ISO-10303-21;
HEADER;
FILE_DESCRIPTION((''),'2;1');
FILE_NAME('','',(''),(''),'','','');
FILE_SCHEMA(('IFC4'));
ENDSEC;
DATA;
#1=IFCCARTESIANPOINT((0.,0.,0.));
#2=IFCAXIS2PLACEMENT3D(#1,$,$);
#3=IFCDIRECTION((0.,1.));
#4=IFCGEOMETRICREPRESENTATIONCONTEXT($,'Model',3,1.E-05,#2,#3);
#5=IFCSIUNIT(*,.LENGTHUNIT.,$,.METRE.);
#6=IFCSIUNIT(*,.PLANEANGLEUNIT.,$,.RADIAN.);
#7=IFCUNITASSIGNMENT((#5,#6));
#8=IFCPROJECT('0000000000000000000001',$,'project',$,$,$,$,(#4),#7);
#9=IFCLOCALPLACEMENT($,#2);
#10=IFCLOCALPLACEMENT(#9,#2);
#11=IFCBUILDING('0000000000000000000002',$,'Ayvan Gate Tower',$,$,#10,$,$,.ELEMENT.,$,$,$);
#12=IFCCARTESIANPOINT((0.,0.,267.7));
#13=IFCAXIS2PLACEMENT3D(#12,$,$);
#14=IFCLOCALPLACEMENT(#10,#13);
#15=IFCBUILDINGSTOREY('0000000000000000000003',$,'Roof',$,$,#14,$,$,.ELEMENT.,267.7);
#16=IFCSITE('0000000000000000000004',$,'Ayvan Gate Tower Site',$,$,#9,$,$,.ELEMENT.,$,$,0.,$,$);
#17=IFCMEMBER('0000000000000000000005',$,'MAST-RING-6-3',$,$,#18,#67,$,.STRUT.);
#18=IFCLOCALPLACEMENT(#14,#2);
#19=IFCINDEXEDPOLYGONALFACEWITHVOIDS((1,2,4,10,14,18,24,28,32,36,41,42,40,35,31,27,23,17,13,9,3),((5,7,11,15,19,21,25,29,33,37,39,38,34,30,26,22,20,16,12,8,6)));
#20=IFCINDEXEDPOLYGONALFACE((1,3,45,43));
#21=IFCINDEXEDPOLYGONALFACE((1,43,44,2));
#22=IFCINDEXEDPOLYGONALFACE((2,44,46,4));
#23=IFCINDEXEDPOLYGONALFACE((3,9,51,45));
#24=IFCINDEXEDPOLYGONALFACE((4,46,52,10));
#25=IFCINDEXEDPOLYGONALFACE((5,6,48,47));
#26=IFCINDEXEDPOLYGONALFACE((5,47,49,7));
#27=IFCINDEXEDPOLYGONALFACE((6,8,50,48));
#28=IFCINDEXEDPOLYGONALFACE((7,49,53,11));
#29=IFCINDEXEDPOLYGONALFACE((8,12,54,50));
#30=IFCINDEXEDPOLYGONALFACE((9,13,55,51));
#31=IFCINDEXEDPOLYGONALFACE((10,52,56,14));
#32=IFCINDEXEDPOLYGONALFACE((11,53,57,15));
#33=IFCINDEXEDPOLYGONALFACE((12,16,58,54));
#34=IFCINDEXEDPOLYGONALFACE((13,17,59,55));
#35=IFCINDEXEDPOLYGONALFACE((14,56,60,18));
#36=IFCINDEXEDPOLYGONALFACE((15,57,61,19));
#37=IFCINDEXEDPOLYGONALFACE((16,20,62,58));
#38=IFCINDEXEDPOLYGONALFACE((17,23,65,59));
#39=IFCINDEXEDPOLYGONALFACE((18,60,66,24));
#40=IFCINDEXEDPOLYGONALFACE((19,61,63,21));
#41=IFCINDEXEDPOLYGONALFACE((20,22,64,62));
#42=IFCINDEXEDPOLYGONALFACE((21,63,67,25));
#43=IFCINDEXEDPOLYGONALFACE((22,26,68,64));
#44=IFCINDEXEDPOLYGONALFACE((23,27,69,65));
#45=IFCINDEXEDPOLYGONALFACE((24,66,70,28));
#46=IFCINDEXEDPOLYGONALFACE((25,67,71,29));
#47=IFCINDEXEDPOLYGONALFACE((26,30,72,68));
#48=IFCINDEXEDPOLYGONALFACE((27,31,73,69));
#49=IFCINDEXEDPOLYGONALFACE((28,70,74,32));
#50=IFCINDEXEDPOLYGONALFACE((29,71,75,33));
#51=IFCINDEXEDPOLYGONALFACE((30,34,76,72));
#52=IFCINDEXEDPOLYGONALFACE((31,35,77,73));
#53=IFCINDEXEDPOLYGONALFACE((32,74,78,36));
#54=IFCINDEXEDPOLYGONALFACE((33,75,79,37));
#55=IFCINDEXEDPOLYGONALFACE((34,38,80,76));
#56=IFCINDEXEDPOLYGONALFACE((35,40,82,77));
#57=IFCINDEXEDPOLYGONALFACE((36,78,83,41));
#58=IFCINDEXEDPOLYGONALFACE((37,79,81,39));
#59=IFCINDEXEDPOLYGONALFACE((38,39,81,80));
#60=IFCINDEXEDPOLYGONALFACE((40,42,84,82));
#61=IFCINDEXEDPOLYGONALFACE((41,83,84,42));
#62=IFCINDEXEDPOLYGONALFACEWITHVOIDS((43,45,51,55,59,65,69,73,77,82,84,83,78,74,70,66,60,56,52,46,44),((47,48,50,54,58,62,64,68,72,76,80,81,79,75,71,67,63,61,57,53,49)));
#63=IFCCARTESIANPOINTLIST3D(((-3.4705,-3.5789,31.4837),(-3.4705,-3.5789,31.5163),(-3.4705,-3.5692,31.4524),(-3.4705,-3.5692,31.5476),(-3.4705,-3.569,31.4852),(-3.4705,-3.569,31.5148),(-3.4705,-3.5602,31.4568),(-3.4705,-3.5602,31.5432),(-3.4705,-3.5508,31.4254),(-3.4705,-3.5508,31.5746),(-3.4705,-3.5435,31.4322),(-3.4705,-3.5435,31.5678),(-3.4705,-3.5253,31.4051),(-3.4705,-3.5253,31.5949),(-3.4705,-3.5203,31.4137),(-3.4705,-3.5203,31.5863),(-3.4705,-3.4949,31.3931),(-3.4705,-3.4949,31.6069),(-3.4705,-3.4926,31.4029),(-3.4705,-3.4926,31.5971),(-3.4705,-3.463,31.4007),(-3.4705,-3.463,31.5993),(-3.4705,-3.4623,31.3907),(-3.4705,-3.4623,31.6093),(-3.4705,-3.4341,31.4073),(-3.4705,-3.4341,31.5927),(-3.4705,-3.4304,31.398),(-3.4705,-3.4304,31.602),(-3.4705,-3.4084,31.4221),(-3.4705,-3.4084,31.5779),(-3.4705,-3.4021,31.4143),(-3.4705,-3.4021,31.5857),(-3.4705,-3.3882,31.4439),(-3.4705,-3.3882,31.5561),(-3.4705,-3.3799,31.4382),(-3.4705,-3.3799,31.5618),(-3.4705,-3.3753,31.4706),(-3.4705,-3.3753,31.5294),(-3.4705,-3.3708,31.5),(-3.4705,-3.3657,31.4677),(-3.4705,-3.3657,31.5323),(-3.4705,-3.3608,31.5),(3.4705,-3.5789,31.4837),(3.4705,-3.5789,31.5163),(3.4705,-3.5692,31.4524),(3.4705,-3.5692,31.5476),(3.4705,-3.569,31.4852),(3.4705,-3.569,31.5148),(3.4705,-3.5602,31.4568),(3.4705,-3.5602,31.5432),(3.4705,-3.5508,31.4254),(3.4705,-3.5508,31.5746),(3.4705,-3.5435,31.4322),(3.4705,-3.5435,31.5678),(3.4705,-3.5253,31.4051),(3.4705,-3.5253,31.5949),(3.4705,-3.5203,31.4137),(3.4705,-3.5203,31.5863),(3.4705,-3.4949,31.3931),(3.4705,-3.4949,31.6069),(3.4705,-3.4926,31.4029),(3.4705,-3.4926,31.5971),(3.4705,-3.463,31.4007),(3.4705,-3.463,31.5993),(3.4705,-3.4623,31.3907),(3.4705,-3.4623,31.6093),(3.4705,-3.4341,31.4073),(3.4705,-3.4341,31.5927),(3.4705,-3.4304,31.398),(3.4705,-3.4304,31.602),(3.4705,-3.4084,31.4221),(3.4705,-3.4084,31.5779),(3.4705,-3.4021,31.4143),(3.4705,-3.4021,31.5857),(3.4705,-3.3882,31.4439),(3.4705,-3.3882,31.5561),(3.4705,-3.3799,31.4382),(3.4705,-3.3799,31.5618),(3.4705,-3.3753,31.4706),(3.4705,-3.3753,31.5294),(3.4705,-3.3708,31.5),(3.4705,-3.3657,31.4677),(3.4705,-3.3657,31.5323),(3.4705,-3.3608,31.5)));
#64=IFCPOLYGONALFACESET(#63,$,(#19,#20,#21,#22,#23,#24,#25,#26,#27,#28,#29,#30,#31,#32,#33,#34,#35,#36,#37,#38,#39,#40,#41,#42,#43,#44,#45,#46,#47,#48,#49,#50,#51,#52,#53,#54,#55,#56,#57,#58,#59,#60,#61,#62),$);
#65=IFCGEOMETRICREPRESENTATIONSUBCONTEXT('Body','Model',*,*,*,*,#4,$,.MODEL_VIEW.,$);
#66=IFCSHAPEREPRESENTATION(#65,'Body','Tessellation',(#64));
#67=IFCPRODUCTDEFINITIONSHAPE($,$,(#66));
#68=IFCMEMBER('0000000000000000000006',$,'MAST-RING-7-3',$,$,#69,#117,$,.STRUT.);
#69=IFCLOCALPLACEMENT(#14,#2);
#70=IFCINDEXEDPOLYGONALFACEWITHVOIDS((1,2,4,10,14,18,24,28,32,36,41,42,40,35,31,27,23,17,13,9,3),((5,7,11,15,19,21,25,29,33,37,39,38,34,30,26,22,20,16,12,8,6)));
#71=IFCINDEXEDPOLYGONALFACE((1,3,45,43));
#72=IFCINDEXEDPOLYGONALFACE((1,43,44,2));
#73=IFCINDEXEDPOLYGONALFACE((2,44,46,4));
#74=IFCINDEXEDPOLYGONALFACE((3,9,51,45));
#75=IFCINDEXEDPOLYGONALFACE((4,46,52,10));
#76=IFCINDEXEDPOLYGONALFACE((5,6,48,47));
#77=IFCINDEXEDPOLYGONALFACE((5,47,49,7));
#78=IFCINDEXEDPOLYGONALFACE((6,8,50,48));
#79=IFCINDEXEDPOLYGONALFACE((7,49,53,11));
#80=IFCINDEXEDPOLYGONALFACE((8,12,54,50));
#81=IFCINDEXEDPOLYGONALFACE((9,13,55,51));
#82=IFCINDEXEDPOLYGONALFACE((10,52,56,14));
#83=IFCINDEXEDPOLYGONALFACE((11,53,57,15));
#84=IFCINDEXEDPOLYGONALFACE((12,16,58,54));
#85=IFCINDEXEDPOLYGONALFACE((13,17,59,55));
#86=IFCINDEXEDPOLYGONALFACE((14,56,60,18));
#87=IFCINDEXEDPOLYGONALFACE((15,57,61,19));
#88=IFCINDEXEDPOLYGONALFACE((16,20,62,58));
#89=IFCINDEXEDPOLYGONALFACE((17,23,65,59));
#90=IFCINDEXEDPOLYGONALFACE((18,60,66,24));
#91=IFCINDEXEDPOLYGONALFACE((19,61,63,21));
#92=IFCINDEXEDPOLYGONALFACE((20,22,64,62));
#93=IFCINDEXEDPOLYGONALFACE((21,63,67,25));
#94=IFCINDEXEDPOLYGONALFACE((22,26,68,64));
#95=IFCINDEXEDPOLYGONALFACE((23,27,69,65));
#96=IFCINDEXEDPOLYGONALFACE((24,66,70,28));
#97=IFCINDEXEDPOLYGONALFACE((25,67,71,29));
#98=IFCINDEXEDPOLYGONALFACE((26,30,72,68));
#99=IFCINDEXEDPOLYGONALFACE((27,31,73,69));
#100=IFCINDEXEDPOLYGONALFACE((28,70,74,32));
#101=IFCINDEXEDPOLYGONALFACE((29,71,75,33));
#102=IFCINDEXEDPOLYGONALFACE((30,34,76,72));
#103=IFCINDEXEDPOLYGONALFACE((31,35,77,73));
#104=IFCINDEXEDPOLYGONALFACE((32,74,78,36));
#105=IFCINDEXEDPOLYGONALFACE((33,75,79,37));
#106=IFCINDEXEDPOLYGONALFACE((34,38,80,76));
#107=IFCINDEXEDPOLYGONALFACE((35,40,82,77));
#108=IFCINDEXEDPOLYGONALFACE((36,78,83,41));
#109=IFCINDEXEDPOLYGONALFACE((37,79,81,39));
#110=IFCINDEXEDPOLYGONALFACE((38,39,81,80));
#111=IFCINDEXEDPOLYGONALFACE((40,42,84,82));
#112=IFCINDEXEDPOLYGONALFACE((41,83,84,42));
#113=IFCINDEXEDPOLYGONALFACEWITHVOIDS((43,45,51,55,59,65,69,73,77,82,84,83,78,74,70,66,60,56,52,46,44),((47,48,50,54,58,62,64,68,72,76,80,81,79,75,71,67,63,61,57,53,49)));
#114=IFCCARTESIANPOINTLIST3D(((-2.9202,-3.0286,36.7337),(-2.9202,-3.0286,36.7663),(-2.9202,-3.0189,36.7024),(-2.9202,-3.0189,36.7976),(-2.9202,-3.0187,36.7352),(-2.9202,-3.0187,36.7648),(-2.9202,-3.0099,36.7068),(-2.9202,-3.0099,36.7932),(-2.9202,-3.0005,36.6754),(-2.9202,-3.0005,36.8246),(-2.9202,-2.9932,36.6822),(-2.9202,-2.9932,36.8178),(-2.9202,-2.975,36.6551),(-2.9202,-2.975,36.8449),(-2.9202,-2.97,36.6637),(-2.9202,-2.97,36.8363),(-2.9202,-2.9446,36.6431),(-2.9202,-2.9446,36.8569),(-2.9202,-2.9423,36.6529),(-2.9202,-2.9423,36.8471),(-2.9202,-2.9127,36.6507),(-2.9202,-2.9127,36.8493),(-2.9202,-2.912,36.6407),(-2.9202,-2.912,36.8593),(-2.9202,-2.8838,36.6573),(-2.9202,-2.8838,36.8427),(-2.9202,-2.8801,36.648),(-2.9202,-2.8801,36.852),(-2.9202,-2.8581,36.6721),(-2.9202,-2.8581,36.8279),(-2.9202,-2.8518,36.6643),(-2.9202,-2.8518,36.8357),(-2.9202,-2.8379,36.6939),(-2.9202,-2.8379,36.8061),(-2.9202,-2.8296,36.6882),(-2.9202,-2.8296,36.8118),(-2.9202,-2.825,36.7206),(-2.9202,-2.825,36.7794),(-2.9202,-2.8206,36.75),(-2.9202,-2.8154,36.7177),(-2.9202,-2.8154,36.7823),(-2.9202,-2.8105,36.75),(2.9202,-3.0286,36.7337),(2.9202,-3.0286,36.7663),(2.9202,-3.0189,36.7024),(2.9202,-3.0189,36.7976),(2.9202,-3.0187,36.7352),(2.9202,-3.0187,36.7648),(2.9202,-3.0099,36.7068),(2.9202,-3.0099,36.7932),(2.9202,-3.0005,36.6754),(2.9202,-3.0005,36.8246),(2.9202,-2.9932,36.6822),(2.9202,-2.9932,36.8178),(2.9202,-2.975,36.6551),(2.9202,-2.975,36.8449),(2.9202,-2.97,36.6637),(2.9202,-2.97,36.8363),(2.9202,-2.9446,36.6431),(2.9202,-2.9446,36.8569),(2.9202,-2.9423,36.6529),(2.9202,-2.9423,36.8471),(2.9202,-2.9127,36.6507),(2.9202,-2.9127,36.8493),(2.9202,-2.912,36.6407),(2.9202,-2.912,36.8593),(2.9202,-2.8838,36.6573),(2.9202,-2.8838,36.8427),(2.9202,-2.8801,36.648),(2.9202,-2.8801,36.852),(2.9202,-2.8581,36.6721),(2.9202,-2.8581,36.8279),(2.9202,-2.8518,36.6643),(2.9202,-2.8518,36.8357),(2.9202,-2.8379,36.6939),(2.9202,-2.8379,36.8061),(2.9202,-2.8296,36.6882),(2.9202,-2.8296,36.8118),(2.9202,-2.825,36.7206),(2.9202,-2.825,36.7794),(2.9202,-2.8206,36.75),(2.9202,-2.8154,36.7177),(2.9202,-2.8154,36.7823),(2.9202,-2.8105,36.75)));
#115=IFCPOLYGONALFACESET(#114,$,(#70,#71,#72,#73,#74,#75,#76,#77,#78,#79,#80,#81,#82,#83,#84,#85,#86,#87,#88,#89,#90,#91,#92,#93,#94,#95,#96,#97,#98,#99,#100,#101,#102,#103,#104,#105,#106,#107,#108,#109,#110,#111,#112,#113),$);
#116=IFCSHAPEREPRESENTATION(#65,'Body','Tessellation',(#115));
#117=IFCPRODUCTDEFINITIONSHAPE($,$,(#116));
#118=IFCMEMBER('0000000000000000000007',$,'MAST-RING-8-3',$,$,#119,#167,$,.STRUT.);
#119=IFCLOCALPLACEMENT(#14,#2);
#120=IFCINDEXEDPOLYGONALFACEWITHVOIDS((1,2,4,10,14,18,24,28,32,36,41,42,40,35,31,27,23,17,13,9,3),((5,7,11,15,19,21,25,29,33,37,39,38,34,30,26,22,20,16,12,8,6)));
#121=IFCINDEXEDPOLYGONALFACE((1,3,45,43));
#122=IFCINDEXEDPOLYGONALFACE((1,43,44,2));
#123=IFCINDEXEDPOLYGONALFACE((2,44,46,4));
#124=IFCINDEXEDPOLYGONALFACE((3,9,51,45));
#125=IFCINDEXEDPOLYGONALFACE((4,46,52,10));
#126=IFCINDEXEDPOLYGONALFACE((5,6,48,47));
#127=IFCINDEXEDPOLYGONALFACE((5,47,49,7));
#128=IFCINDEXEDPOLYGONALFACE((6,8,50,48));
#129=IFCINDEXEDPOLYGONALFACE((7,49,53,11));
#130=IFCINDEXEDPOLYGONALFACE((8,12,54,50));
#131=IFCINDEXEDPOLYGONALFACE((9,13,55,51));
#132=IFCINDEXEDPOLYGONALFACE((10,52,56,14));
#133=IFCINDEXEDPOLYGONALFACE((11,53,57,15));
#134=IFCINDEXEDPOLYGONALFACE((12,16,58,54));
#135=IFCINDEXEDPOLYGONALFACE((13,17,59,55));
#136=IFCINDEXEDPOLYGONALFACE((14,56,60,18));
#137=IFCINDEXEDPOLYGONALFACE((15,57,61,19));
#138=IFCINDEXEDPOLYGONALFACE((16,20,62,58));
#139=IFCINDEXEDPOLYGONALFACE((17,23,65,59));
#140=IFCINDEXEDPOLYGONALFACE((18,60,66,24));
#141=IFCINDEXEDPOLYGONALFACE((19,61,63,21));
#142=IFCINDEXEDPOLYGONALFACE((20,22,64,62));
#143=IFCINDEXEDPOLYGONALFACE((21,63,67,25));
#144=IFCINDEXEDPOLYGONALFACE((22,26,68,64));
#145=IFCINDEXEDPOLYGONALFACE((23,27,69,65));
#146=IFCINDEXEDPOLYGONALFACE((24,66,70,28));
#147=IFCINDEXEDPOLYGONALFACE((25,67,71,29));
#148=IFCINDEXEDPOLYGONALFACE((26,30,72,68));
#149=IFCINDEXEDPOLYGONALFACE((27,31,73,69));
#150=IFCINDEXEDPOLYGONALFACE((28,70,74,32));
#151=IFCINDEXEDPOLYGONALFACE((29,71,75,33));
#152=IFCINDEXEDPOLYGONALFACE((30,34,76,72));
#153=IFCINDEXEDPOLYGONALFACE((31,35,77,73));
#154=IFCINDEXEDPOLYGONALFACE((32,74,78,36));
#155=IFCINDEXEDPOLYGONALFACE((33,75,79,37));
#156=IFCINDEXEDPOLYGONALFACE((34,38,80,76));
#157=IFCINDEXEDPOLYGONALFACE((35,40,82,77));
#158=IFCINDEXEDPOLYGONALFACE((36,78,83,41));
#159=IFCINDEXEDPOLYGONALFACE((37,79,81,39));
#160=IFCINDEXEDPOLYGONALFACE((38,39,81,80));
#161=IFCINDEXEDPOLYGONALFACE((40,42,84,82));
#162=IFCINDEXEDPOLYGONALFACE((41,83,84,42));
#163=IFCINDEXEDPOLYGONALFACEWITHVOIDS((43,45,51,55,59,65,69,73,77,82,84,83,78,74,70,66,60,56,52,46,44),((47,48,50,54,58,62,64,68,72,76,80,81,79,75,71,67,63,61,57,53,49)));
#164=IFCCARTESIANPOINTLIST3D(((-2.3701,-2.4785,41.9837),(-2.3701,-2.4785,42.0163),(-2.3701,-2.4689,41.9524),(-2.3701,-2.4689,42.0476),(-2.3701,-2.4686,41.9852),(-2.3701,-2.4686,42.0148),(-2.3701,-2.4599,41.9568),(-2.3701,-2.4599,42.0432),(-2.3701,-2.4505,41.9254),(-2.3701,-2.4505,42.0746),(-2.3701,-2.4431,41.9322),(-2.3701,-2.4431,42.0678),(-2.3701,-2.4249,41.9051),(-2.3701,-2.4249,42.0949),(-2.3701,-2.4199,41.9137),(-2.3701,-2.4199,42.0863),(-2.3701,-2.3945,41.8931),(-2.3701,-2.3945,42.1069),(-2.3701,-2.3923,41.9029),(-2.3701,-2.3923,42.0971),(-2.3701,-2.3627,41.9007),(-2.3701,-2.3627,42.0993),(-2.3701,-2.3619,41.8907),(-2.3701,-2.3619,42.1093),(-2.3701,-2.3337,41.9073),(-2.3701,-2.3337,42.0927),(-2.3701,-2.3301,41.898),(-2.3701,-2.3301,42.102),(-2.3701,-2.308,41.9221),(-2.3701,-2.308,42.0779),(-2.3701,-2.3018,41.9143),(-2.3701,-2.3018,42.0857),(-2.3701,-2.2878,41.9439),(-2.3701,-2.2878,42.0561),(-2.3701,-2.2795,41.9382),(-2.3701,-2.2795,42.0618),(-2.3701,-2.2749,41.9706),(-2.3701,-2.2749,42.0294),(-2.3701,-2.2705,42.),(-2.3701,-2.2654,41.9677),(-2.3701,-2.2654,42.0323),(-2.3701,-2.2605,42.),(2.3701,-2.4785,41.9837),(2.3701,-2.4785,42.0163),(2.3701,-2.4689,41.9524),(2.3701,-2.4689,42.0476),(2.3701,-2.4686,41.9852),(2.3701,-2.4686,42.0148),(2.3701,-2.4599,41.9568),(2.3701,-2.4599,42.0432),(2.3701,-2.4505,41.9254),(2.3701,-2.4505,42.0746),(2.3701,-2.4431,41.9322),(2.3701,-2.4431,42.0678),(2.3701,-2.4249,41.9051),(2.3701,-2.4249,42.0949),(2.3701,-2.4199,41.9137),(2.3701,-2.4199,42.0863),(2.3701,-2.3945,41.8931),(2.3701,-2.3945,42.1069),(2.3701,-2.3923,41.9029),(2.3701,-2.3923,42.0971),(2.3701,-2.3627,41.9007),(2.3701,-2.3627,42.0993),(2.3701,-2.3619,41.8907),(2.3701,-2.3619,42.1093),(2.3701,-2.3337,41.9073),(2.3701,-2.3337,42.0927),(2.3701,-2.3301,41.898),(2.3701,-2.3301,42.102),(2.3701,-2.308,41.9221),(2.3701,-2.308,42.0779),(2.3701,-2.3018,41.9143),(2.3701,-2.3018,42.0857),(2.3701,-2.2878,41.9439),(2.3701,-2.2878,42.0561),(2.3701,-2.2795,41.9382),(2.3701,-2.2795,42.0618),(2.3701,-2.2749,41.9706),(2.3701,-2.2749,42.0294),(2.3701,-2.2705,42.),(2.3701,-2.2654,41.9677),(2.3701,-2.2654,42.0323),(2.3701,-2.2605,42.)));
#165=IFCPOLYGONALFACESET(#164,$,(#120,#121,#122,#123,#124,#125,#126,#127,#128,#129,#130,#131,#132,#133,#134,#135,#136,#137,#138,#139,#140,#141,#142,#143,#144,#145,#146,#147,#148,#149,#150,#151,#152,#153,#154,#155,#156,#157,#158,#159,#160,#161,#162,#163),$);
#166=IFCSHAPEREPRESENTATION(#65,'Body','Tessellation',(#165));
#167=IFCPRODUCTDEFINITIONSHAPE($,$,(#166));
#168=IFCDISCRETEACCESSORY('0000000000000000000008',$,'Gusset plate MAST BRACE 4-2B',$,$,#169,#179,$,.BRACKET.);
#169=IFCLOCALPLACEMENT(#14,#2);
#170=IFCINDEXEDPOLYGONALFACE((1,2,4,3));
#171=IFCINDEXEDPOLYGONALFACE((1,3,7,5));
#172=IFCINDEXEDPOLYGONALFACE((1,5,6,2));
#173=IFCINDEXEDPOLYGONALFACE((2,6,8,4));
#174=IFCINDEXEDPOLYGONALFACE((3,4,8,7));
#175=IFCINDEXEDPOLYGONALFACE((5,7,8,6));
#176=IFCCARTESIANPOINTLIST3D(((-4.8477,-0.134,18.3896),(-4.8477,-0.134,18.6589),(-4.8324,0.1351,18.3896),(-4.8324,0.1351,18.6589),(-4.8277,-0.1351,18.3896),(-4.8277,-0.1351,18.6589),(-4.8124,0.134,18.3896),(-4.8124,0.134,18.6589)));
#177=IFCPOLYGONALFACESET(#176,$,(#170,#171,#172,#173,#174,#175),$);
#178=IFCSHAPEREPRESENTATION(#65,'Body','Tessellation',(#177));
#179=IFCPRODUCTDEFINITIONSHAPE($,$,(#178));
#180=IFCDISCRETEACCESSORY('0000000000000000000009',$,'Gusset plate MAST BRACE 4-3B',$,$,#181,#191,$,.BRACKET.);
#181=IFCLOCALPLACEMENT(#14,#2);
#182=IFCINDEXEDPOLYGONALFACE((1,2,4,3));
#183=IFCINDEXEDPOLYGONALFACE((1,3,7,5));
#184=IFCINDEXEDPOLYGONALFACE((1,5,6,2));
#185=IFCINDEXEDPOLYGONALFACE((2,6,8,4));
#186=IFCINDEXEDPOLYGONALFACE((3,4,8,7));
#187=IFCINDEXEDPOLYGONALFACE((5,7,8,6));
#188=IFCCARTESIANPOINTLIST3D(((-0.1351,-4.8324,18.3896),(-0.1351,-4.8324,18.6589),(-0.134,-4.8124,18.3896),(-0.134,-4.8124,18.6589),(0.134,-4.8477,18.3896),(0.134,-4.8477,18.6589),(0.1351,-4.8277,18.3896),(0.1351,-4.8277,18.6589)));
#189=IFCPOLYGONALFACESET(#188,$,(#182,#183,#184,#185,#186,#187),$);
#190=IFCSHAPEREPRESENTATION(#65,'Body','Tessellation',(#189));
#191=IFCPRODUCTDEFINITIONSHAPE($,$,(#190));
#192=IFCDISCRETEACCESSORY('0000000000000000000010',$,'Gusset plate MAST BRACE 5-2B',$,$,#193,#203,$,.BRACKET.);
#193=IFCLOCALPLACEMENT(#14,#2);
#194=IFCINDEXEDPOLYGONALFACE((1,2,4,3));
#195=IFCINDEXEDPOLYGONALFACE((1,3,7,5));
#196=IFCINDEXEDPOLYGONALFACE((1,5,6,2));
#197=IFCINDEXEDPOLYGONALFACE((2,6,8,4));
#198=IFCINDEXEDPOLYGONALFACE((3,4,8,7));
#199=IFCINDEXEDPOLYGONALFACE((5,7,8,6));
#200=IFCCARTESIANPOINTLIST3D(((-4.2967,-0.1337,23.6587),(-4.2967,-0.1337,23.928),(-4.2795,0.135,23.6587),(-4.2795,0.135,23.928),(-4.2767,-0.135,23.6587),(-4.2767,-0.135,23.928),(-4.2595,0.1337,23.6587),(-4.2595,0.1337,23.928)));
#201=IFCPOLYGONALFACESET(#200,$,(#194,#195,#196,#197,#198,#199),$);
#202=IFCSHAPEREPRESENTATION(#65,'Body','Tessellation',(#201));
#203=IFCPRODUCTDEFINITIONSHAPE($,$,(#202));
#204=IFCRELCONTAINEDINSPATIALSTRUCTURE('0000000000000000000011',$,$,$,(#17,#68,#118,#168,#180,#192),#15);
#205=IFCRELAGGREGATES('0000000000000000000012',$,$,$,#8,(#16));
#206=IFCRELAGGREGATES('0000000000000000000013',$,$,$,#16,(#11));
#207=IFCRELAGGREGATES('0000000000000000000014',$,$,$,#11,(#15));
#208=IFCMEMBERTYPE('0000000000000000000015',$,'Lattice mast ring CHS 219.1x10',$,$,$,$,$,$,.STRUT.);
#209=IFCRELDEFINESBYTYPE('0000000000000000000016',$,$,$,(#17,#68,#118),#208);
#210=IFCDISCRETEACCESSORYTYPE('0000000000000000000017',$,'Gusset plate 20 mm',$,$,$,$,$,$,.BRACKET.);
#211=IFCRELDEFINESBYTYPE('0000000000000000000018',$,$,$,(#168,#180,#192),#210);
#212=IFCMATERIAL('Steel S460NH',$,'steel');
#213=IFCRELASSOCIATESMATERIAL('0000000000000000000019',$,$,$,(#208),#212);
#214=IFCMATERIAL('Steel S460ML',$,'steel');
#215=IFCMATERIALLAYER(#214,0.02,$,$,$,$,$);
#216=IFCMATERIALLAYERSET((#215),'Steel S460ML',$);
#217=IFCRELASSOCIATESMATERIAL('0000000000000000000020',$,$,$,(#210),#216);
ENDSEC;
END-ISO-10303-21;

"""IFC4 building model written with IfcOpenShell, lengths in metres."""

from ifc_helpers import new_model, si_unit, direction, frame, origin, origin_2d, place, context, subcontext, project, spatial, rectangle, hollow_circle, extrude, material, layer, layer_set, material_profile, profile_set, type_object, element, save


model = new_model("IFC4")

# Units and contexts
model_context = context("Model", 3, precision=1e-05, world=origin(), true_north=direction((0.0, 1.0)))
body_context = subcontext(model_context, "Body", "Model", "MODEL_VIEW")
ifc_project = project(units=[si_unit("LENGTHUNIT", "METRE"), si_unit("PLANEANGLEUNIT", "RADIAN")], contexts=[model_context])

# Site, building, storey
site_placement = place(None, origin())
site = spatial("IfcSite", under=ifc_project, at=site_placement, Name="Ayvan Gate Tower Site", CompositionType="ELEMENT", RefElevation=0.0)
building_placement = place(site_placement, origin())
building = spatial("IfcBuilding", under=site, at=building_placement, Name="Ayvan Gate Tower", CompositionType="ELEMENT")
storey_placement = place(building_placement, frame((0.0, 0.0, 267.7)))
storey = spatial("IfcBuildingStorey", under=building, at=storey_placement, Name="Roof", CompositionType="ELEMENT", Elevation=267.7)

# Members
ifc_material_1 = material(Name="Steel S460NH", Category="steel")
ifc_material_profile_1 = material_profile(ifc_material_1, hollow_circle(Radius=0.1096, WallThickness=0.01, at=origin_2d()), Name="CHS 219.1x10")
ifc_profile_set_1 = profile_set([ifc_material_profile_1], Name="Steel S460NH")
member_type_1 = type_object("IfcMemberType", Name="Lattice mast ring CHS 219.1x10", PredefinedType="STRUT", material=ifc_profile_set_1)
member_1_placement = place(storey_placement, frame((-3.4705, -3.4705, 31.5), z_axis=(1.0, 0.0, 0.0), x_axis=(0.0, 1.0, 0.0)))
element("IfcMember", 1, at=member_1_placement, inside=storey, type_object=member_type_1, Name="MAST-RING-6-3", PredefinedType="STRUT", context=body_context, shape_type="SweptSolid", body=[
    extrude(hollow_circle(Radius=0.1096, WallThickness=0.01, at=origin_2d()), origin(), (0.0, 0.0, 1.0), 6.9409),
])
member_2_placement = place(storey_placement, frame((-2.9202, -2.9202, 36.75), z_axis=(1.0, 0.0, 0.0), x_axis=(0.0, 1.0, 0.0)))
element("IfcMember", 2, at=member_2_placement, inside=storey, type_object=member_type_1, Name="MAST-RING-7-3", PredefinedType="STRUT", context=body_context, shape_type="SweptSolid", body=[
    extrude(hollow_circle(Radius=0.1096, WallThickness=0.01, at=origin_2d()), origin(), (0.0, 0.0, 1.0), 5.8403),
])
member_3_placement = place(storey_placement, frame((-2.3701, -2.3701, 42.0), z_axis=(1.0, 0.0, 0.0), x_axis=(0.0, 1.0, 0.0)))
element("IfcMember", 3, at=member_3_placement, inside=storey, type_object=member_type_1, Name="MAST-RING-8-3", PredefinedType="STRUT", context=body_context, shape_type="SweptSolid", body=[
    extrude(hollow_circle(Radius=0.1096, WallThickness=0.01, at=origin_2d()), origin(), (0.0, 0.0, 1.0), 4.7402),
])

# Discrete accessories
ifc_material_2 = material(Name="Steel S460ML", Category="steel")
ifc_layer = layer(ifc_material_2, 0.02)
ifc_layer_set = layer_set([ifc_layer], Name="Steel S460ML")
discrete_accessory_type = type_object("IfcDiscreteAccessoryType", Name="Gusset plate 20 mm", PredefinedType="BRACKET", material=ifc_layer_set)
for number, where, z_axis, x_axis, name in (
    (4, (-4.8301, 0.0, 18.3896), (0.0, 0.0, 1.0), (0.056677, 0.998393, 0.0), "Gusset plate MAST BRACE 4-2B"),
    (5, (0.0, -4.8301, 18.3896), (0.0, 0.0, 1.0), (-0.998393, 0.056677, 0.0), "Gusset plate MAST BRACE 4-3B"),
):
    element("IfcDiscreteAccessory", number, at=place(storey_placement, frame(where, z_axis=z_axis, x_axis=x_axis)), inside=storey, type_object=discrete_accessory_type, Name=name, PredefinedType="BRACKET", context=body_context, shape_type="SweptSolid", body=[
        extrude(rectangle(XDim=0.2695, YDim=0.02, at=origin_2d()), origin(), (0.0, 0.0, 1.0), 0.2693),
    ])
for number, where, z_axis, x_axis, name in (
    (6, (-4.2781, 0.0, 23.6587), (0.0, 0.0, 1.0), (0.063909, 0.997956, 0.0), "Gusset plate MAST BRACE 5-2B"),
):
    element("IfcDiscreteAccessory", number, at=place(storey_placement, frame(where, z_axis=z_axis, x_axis=x_axis)), inside=storey, type_object=discrete_accessory_type, Name=name, PredefinedType="BRACKET", context=body_context, shape_type="SweptSolid", body=[
        extrude(rectangle(XDim=0.2693, YDim=0.02, at=origin_2d()), origin(), (0.0, 0.0, 1.0), 0.2693),
    ])

save(model, "model.ifc")
